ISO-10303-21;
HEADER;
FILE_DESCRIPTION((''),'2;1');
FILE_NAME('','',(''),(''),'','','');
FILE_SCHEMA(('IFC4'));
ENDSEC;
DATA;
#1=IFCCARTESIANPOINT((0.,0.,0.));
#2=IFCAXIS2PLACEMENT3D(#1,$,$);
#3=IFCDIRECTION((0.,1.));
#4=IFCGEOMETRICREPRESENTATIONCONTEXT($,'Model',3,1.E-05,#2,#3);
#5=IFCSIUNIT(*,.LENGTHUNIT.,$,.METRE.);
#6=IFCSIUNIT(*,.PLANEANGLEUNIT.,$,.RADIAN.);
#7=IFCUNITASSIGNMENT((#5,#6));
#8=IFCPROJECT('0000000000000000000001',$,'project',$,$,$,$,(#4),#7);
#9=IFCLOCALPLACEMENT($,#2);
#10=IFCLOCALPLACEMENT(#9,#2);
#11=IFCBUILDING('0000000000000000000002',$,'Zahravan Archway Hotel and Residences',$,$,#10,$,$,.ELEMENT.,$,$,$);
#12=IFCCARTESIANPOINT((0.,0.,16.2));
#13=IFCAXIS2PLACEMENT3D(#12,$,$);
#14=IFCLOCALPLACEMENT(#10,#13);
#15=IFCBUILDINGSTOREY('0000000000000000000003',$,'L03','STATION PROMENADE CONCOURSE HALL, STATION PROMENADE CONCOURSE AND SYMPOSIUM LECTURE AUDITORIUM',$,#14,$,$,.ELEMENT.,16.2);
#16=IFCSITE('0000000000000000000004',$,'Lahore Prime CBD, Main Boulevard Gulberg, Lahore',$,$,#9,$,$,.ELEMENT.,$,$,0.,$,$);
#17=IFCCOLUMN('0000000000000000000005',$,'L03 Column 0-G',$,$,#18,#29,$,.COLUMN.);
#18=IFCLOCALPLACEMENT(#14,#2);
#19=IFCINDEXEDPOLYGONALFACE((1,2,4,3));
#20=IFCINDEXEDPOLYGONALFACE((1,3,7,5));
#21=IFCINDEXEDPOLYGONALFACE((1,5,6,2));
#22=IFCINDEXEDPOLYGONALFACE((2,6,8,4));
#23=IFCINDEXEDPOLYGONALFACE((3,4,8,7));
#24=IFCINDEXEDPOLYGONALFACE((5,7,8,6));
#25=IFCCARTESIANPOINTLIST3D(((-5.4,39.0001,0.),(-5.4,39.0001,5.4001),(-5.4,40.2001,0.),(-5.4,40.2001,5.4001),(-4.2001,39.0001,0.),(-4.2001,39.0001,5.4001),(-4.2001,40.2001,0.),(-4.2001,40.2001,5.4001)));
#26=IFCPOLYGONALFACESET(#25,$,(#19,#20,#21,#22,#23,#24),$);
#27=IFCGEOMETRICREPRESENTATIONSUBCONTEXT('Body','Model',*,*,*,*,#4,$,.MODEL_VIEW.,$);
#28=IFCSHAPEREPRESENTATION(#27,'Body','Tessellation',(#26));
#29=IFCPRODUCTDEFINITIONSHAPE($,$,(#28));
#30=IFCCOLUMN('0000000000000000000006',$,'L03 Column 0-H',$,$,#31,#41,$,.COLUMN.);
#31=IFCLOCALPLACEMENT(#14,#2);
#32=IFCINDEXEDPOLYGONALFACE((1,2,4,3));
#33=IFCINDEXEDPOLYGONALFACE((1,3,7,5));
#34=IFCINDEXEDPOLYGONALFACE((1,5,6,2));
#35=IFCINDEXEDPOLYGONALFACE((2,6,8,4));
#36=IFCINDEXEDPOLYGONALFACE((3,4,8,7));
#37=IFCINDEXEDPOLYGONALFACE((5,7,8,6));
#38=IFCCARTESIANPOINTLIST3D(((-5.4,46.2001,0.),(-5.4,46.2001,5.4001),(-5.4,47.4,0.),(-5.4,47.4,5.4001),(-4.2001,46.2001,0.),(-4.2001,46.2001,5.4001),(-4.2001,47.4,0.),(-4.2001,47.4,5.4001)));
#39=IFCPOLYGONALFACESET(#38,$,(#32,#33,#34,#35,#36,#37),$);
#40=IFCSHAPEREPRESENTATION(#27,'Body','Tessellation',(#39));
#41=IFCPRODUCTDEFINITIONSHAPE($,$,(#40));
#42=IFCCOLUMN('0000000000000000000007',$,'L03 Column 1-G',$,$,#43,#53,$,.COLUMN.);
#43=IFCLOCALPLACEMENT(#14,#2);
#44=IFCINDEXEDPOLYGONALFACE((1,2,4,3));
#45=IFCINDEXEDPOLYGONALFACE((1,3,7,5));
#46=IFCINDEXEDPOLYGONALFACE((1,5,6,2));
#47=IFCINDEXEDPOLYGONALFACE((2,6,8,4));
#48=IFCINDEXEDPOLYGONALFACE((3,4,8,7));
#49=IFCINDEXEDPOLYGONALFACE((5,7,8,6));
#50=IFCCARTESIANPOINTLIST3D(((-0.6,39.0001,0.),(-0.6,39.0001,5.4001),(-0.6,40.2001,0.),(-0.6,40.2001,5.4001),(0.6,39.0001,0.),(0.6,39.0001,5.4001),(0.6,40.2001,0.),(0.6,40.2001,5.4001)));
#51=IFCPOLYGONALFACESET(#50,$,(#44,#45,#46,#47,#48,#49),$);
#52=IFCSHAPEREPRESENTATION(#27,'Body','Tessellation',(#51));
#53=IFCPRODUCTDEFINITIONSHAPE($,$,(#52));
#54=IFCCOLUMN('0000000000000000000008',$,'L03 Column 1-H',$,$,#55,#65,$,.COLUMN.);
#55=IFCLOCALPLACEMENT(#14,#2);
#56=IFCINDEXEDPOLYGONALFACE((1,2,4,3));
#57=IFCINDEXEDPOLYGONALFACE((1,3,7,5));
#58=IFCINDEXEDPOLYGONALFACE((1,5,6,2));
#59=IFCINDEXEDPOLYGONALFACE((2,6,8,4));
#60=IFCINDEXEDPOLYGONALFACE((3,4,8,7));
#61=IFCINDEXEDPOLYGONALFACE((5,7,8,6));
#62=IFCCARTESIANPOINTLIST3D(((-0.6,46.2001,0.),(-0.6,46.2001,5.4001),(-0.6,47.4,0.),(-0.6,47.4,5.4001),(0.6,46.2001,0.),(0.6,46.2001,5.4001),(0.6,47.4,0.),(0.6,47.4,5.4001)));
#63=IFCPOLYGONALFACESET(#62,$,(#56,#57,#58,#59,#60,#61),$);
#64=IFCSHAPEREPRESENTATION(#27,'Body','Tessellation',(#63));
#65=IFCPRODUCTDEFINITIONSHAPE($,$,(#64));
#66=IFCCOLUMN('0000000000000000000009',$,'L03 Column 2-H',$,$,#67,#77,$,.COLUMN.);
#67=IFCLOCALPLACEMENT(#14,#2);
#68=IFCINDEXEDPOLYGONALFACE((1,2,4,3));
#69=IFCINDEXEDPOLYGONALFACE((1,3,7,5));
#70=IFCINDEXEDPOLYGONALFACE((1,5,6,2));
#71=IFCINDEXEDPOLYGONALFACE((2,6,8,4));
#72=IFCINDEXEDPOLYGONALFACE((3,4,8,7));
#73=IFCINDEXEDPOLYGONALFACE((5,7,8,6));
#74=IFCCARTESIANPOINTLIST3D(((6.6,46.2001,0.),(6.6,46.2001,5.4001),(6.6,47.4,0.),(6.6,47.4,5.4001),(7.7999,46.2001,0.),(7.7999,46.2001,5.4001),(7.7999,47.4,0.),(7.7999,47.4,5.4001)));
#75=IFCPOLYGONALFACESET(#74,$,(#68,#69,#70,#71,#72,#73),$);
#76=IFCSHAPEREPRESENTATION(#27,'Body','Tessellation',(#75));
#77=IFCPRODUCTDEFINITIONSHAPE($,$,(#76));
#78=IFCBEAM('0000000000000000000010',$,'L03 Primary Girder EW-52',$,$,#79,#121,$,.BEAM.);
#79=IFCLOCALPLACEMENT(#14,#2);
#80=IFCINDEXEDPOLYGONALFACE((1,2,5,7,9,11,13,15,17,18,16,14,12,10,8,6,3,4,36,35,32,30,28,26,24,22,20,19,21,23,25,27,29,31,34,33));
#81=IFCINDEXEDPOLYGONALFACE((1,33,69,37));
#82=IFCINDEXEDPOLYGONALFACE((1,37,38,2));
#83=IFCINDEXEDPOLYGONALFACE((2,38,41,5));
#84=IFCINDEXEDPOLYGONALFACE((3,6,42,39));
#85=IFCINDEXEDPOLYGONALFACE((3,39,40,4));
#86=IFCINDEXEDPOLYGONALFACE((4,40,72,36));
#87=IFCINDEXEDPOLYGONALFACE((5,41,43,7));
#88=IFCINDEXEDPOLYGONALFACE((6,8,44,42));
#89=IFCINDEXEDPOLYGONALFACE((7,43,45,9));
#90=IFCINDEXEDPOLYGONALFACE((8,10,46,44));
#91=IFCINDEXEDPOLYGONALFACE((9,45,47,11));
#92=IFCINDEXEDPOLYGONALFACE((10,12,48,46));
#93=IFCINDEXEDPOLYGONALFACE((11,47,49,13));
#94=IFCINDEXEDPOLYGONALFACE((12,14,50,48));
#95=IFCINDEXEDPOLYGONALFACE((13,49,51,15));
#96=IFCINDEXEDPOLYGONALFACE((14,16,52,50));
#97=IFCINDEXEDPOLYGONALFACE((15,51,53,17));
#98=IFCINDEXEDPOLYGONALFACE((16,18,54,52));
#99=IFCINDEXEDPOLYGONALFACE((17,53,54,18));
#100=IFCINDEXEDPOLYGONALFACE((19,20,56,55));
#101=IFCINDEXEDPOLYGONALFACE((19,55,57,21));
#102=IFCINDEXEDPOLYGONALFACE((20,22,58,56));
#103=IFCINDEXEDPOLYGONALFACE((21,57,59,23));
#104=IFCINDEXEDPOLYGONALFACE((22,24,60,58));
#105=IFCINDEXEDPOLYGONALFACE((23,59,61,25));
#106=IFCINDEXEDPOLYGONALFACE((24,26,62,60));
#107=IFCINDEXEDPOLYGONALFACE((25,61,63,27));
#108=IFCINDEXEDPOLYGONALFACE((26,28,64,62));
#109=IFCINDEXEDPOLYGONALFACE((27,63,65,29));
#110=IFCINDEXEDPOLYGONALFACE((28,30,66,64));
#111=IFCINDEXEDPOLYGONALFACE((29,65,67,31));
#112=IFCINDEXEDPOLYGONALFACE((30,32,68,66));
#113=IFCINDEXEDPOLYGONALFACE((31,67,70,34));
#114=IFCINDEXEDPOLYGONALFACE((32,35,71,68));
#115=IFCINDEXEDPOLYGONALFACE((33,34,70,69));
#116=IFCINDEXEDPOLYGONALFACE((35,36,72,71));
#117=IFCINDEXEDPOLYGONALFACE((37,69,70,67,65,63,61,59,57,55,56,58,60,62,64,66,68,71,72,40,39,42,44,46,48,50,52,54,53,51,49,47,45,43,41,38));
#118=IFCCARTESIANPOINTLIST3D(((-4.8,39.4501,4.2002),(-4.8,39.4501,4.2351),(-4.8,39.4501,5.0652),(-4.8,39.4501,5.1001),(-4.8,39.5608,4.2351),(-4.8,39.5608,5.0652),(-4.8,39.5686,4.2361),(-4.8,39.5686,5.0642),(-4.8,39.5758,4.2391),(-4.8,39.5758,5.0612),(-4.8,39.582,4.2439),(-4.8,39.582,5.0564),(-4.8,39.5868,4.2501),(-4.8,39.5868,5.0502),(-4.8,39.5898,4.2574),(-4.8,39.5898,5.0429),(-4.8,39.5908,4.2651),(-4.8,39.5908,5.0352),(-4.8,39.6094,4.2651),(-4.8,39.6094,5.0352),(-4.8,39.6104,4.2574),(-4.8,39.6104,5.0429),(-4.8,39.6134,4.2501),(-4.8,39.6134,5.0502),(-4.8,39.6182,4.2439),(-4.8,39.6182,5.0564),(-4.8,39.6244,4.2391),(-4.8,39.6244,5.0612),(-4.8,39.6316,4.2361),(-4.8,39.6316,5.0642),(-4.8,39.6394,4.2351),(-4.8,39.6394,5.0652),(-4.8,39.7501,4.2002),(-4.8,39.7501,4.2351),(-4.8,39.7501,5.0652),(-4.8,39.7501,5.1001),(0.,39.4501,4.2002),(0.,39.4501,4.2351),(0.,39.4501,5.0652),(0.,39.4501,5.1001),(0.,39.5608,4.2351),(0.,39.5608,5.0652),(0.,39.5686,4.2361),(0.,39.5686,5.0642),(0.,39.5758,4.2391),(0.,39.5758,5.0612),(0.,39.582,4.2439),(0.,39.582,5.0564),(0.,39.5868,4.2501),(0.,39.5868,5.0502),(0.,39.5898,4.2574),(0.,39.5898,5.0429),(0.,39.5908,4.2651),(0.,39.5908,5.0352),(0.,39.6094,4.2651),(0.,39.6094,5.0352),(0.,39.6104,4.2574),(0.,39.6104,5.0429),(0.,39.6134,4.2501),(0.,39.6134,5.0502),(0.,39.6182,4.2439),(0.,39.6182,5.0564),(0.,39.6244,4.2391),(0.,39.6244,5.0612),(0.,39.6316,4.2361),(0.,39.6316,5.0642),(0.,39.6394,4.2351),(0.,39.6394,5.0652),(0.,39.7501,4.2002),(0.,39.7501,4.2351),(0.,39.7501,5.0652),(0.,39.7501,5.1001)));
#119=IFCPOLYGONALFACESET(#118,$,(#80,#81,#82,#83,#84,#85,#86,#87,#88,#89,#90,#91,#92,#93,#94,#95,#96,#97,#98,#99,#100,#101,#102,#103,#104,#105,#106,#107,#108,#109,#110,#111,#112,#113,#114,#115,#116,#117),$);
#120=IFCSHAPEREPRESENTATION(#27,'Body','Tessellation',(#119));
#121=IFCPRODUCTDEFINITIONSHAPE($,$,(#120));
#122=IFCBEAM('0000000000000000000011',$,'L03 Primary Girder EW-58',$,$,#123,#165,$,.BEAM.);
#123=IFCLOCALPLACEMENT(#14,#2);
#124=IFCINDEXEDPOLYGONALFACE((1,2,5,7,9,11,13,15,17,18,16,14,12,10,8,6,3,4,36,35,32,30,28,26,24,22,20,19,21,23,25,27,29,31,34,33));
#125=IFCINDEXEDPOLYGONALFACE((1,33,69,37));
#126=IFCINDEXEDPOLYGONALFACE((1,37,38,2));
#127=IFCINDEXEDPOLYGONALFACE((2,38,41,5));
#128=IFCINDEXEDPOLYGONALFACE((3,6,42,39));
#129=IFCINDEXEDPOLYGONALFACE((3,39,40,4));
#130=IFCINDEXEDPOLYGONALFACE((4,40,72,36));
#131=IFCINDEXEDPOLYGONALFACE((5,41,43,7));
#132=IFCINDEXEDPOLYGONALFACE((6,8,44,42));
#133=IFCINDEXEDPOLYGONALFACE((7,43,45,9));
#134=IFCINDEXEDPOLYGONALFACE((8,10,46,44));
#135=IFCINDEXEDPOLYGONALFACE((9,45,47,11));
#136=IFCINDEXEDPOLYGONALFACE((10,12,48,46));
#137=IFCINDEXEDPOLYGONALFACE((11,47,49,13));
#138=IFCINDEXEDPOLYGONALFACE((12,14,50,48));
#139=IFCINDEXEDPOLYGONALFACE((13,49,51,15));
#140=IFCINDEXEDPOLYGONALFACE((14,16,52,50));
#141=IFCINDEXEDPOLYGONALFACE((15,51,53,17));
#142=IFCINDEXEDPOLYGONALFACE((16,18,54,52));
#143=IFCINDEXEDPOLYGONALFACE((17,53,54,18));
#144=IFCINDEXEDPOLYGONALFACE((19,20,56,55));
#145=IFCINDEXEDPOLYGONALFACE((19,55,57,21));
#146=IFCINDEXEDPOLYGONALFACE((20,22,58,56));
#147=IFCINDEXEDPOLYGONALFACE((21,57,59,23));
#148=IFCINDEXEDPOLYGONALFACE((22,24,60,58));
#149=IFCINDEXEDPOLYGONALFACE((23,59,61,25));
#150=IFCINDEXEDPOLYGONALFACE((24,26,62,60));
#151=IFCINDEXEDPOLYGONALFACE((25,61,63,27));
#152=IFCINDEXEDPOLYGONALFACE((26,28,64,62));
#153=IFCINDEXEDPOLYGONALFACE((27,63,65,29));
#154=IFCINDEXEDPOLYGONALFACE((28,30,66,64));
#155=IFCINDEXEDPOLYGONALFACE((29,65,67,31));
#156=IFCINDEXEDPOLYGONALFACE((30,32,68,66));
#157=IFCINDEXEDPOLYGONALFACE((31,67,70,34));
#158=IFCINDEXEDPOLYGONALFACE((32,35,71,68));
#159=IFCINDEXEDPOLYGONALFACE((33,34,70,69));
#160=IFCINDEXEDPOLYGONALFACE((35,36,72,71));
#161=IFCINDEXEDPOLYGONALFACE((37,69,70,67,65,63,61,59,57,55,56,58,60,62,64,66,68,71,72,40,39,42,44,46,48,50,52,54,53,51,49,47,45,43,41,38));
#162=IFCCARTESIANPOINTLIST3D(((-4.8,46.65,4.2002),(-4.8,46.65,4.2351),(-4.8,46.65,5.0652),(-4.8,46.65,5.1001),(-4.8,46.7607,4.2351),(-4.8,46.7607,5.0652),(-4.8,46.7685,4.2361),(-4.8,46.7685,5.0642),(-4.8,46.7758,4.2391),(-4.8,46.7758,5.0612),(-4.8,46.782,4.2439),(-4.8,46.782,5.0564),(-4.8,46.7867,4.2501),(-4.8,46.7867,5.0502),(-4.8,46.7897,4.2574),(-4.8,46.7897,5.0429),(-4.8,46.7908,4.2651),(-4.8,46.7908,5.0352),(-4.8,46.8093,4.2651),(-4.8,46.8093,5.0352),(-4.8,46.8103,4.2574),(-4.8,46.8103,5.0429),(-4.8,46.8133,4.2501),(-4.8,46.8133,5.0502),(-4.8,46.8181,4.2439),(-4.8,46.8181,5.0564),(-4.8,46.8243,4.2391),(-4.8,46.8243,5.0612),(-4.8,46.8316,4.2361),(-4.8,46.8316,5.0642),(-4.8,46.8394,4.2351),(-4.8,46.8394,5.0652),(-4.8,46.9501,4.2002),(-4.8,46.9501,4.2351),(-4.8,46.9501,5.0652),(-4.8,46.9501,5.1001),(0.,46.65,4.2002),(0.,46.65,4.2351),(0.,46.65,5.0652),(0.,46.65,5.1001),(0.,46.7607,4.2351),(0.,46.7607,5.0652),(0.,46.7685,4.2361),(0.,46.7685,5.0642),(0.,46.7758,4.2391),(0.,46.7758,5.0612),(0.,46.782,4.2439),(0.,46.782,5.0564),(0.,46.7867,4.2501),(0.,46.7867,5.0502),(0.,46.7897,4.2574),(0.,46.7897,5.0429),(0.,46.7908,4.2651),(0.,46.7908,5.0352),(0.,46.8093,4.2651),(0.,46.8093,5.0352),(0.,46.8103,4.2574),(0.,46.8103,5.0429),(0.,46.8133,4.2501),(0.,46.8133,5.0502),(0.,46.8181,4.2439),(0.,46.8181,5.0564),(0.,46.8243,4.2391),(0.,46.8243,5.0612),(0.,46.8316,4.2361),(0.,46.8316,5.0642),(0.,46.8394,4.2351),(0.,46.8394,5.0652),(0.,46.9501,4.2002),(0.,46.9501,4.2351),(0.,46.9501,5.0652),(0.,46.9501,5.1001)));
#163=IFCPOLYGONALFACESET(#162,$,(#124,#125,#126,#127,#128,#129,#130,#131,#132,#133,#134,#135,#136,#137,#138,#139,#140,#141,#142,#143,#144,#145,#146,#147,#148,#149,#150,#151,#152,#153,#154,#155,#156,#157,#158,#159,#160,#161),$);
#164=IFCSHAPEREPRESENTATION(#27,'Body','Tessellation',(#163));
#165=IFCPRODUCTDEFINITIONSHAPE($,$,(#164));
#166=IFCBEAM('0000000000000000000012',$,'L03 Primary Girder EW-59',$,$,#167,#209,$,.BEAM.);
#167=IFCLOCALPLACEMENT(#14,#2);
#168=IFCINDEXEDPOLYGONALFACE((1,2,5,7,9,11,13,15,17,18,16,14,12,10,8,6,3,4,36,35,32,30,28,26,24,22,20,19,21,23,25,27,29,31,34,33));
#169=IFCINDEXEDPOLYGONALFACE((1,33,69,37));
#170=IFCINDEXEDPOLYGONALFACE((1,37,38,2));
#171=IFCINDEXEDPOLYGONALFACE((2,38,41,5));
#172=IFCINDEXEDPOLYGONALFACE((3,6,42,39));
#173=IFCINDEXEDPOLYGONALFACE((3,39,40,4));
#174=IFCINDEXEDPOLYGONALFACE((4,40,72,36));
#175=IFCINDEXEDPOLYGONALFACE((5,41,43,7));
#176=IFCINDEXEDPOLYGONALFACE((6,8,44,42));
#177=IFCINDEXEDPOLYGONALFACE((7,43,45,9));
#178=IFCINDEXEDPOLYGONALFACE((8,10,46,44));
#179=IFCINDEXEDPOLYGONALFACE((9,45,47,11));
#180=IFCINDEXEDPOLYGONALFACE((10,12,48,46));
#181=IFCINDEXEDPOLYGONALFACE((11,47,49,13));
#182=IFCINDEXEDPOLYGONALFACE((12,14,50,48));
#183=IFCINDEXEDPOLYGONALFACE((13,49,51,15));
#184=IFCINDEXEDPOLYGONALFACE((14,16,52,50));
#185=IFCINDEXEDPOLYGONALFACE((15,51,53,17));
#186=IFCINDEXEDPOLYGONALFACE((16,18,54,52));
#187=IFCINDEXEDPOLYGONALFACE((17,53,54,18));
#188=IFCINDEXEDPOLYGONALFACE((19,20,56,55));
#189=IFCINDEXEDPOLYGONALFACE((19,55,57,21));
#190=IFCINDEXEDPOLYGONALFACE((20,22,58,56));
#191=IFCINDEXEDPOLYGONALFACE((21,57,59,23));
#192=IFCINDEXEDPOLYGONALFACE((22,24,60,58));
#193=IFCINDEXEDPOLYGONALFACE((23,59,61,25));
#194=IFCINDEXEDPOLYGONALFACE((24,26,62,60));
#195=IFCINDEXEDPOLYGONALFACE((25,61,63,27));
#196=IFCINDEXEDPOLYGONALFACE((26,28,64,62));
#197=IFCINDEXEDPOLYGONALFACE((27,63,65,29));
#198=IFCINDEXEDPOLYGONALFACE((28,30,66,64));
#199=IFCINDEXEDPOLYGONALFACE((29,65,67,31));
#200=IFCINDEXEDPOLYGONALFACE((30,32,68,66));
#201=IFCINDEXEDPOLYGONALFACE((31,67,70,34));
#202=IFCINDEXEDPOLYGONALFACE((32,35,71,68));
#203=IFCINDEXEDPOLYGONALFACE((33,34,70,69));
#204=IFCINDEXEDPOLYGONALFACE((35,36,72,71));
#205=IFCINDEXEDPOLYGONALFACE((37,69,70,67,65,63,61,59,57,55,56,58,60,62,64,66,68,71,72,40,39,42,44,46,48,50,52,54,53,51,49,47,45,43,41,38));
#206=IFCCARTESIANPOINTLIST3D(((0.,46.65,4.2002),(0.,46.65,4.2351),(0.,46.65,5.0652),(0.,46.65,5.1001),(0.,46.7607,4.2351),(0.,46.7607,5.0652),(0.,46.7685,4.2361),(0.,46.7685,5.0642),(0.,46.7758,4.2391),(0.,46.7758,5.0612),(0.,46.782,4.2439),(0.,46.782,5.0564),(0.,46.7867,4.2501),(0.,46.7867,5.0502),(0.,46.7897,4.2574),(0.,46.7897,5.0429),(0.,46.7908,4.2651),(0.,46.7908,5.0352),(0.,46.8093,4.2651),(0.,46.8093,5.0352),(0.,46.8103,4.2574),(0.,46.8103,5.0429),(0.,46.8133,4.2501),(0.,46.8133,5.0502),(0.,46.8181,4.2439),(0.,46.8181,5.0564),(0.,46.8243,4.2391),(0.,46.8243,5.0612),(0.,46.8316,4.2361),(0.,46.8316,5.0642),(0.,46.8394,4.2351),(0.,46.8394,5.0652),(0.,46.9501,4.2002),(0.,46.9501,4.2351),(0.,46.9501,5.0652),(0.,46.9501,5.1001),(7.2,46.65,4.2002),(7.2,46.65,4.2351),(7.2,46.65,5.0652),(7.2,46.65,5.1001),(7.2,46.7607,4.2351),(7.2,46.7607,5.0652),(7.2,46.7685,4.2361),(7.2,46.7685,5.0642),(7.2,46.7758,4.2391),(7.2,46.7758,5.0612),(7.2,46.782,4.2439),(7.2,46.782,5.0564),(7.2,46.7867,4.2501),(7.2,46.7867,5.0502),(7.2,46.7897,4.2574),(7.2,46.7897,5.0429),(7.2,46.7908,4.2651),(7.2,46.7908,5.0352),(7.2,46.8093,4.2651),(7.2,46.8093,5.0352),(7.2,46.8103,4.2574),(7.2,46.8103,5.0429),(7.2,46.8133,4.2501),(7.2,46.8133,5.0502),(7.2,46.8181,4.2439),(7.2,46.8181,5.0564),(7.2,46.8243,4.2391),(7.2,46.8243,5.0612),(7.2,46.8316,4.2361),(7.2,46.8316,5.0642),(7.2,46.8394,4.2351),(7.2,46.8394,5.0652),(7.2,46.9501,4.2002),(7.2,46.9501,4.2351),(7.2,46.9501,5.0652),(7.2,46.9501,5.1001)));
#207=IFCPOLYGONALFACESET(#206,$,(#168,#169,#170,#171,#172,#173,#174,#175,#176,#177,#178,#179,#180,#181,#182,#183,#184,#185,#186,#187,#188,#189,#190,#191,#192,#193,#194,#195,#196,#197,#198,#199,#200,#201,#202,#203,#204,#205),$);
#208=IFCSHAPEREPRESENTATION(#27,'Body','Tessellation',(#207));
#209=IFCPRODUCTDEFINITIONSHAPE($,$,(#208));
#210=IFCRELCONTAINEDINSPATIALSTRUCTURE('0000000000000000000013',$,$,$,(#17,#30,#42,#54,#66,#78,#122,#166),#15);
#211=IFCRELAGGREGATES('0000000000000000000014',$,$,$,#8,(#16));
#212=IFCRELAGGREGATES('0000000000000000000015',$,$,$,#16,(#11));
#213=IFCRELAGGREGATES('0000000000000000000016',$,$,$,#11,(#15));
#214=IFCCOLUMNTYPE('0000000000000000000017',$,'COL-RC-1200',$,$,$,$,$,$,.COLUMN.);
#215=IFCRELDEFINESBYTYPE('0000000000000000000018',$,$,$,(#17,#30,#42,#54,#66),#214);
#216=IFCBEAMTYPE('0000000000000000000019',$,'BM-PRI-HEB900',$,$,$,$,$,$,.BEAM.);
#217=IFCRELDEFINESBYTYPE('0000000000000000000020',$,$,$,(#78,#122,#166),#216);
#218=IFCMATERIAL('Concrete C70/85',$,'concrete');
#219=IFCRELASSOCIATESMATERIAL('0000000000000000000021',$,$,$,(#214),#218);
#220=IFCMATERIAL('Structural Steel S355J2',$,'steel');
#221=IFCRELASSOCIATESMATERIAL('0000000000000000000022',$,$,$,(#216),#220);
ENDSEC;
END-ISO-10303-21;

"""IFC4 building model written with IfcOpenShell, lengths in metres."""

from ifc_helpers import new_model, si_unit, direction, frame, origin, origin_2d, place, context, subcontext, project, spatial, rectangle, i_section, extrude, source, transform, mapped, material, material_profile, profile_set, type_object, type_shapes, element, save


model = new_model("IFC4")

# Units and contexts
model_context = context("Model", 3, precision=1e-05, world=origin(), true_north=direction((0.0, 1.0)))
body_context = subcontext(model_context, "Body", "Model", "MODEL_VIEW")
ifc_project = project(units=[si_unit("LENGTHUNIT", "METRE"), si_unit("PLANEANGLEUNIT", "RADIAN")], contexts=[model_context])

# Site, building, storey
site_placement = place(None, origin())
site = spatial("IfcSite", under=ifc_project, at=site_placement, Name="Lahore Prime CBD, Main Boulevard Gulberg, Lahore", CompositionType="ELEMENT", RefElevation=0.0)
building_placement = place(site_placement, origin())
building = spatial("IfcBuilding", under=site, at=building_placement, Name="Zahravan Archway Hotel and Residences", CompositionType="ELEMENT")
storey_placement = place(building_placement, frame((0.0, 0.0, 16.2)))
storey = spatial("IfcBuildingStorey", under=building, at=storey_placement, Name="L03", Description="STATION PROMENADE CONCOURSE HALL, STATION PROMENADE CONCOURSE AND SYMPOSIUM LECTURE AUDITORIUM", CompositionType="ELEMENT", Elevation=16.2)

# Columns
ifc_material_1 = material(Name="Concrete C70/85", Category="concrete")
ifc_material_profile_1 = material_profile(ifc_material_1, rectangle(XDim=1.2, YDim=1.2, at=origin_2d()), Name="RC-COL-1200x1200", Category="concrete")
ifc_profile_set_1 = profile_set([ifc_material_profile_1], Name="Concrete C70/85")
column_type = type_object("IfcColumnType", Name="COL-RC-1200", PredefinedType="COLUMN", material=ifc_profile_set_1)
shared_shape_1 = source(origin(), body_context, "Body", "SweptSolid", [
    extrude(rectangle(XDim=1.2, YDim=1.2, at=origin_2d()), origin(), (0.0, 0.0, 1.0), 5.4001),
])
for number, where, z_axis, x_axis, name in (
    (1, (-4.8, 39.6001, 0.0), (0.0, 0.0, 1.0), (1.0, 0.0, 0.0), "L03 Column 0-G"),
    (2, (-4.8, 46.8, 0.0), (0.0, 0.0, 1.0), (1.0, 0.0, 0.0), "L03 Column 0-H"),
    (3, (0.0, 39.6001, 0.0), (0.0, 0.0, 1.0), (1.0, 0.0, 0.0), "L03 Column 1-G"),
    (4, (0.0, 46.8, 0.0), (0.0, 0.0, 1.0), (1.0, 0.0, 0.0), "L03 Column 1-H"),
    (5, (7.2, 46.8, 0.0), (0.0, 0.0, 1.0), (1.0, 0.0, 0.0), "L03 Column 2-H"),
):
    element("IfcColumn", number, at=place(storey_placement, frame(where, z_axis=z_axis, x_axis=x_axis)), inside=storey, type_object=column_type, Name=name, PredefinedType="COLUMN", context=body_context, shape_type="MappedRepresentation", body=[
        mapped(shared_shape_1, transform((0.0, 0.0, 0.0), scale=1.0)),
    ])

# Beams
ifc_material_2 = material(Name="Structural Steel S355J2", Category="steel")
ifc_material_profile_2 = material_profile(ifc_material_2, i_section(OverallWidth=0.3, OverallDepth=0.8999, WebThickness=0.0186, FlangeThickness=0.0349, FilletRadius=0.03, at=origin_2d()), Name="HEB 900", Category="steel")
ifc_profile_set_2 = profile_set([ifc_material_profile_2], Name="Structural Steel S355J2")
beam_type_1 = type_object("IfcBeamType", Name="BM-PRI-HEB900", PredefinedType="BEAM", material=ifc_profile_set_2)
shared_shape_2 = source(origin(), body_context, "Body", "SweptSolid", [
    extrude(i_section(OverallWidth=0.3, OverallDepth=0.8999, WebThickness=0.0186, FlangeThickness=0.0349, FilletRadius=0.03, at=origin_2d()), origin(), (0.0, 0.0, 1.0), 4.8),
])
type_shapes(beam_type_1, [shared_shape_2])
for number, where, z_axis, x_axis, name in (
    (6, (-4.8, 39.6001, 4.6501), (1.0, 0.0, 0.0), (0.0, 1.0, 0.0), "L03 Primary Girder EW-52"),
    (7, (-4.8, 46.8, 4.6501), (1.0, 0.0, 0.0), (0.0, 1.0, 0.0), "L03 Primary Girder EW-58"),
):
    element("IfcBeam", number, at=place(storey_placement, frame(where, z_axis=z_axis, x_axis=x_axis)), inside=storey, type_object=beam_type_1, Name=name, PredefinedType="BEAM", context=body_context, shape_type="MappedRepresentation", body=[
        mapped(shared_shape_2, transform((0.0, 0.0, 0.0), scale=1.0)),
    ])
shared_shape_3 = source(origin(), body_context, "Body", "SweptSolid", [
    extrude(i_section(OverallWidth=0.3, OverallDepth=0.8999, WebThickness=0.0186, FlangeThickness=0.0349, FilletRadius=0.03, at=origin_2d()), origin(), (0.0, 0.0, 1.0), 7.2),
])
for number, where, z_axis, x_axis, name in (
    (8, (0.0, 46.8, 4.6501), (1.0, 0.0, 0.0), (0.0, 1.0, 0.0), "L03 Primary Girder EW-59"),
):
    element("IfcBeam", number, at=place(storey_placement, frame(where, z_axis=z_axis, x_axis=x_axis)), inside=storey, type_object=beam_type_1, Name=name, PredefinedType="BEAM", context=body_context, shape_type="MappedRepresentation", body=[
        mapped(shared_shape_3, transform((0.0, 0.0, 0.0), scale=1.0)),
    ])

save(model, "model.ifc")
